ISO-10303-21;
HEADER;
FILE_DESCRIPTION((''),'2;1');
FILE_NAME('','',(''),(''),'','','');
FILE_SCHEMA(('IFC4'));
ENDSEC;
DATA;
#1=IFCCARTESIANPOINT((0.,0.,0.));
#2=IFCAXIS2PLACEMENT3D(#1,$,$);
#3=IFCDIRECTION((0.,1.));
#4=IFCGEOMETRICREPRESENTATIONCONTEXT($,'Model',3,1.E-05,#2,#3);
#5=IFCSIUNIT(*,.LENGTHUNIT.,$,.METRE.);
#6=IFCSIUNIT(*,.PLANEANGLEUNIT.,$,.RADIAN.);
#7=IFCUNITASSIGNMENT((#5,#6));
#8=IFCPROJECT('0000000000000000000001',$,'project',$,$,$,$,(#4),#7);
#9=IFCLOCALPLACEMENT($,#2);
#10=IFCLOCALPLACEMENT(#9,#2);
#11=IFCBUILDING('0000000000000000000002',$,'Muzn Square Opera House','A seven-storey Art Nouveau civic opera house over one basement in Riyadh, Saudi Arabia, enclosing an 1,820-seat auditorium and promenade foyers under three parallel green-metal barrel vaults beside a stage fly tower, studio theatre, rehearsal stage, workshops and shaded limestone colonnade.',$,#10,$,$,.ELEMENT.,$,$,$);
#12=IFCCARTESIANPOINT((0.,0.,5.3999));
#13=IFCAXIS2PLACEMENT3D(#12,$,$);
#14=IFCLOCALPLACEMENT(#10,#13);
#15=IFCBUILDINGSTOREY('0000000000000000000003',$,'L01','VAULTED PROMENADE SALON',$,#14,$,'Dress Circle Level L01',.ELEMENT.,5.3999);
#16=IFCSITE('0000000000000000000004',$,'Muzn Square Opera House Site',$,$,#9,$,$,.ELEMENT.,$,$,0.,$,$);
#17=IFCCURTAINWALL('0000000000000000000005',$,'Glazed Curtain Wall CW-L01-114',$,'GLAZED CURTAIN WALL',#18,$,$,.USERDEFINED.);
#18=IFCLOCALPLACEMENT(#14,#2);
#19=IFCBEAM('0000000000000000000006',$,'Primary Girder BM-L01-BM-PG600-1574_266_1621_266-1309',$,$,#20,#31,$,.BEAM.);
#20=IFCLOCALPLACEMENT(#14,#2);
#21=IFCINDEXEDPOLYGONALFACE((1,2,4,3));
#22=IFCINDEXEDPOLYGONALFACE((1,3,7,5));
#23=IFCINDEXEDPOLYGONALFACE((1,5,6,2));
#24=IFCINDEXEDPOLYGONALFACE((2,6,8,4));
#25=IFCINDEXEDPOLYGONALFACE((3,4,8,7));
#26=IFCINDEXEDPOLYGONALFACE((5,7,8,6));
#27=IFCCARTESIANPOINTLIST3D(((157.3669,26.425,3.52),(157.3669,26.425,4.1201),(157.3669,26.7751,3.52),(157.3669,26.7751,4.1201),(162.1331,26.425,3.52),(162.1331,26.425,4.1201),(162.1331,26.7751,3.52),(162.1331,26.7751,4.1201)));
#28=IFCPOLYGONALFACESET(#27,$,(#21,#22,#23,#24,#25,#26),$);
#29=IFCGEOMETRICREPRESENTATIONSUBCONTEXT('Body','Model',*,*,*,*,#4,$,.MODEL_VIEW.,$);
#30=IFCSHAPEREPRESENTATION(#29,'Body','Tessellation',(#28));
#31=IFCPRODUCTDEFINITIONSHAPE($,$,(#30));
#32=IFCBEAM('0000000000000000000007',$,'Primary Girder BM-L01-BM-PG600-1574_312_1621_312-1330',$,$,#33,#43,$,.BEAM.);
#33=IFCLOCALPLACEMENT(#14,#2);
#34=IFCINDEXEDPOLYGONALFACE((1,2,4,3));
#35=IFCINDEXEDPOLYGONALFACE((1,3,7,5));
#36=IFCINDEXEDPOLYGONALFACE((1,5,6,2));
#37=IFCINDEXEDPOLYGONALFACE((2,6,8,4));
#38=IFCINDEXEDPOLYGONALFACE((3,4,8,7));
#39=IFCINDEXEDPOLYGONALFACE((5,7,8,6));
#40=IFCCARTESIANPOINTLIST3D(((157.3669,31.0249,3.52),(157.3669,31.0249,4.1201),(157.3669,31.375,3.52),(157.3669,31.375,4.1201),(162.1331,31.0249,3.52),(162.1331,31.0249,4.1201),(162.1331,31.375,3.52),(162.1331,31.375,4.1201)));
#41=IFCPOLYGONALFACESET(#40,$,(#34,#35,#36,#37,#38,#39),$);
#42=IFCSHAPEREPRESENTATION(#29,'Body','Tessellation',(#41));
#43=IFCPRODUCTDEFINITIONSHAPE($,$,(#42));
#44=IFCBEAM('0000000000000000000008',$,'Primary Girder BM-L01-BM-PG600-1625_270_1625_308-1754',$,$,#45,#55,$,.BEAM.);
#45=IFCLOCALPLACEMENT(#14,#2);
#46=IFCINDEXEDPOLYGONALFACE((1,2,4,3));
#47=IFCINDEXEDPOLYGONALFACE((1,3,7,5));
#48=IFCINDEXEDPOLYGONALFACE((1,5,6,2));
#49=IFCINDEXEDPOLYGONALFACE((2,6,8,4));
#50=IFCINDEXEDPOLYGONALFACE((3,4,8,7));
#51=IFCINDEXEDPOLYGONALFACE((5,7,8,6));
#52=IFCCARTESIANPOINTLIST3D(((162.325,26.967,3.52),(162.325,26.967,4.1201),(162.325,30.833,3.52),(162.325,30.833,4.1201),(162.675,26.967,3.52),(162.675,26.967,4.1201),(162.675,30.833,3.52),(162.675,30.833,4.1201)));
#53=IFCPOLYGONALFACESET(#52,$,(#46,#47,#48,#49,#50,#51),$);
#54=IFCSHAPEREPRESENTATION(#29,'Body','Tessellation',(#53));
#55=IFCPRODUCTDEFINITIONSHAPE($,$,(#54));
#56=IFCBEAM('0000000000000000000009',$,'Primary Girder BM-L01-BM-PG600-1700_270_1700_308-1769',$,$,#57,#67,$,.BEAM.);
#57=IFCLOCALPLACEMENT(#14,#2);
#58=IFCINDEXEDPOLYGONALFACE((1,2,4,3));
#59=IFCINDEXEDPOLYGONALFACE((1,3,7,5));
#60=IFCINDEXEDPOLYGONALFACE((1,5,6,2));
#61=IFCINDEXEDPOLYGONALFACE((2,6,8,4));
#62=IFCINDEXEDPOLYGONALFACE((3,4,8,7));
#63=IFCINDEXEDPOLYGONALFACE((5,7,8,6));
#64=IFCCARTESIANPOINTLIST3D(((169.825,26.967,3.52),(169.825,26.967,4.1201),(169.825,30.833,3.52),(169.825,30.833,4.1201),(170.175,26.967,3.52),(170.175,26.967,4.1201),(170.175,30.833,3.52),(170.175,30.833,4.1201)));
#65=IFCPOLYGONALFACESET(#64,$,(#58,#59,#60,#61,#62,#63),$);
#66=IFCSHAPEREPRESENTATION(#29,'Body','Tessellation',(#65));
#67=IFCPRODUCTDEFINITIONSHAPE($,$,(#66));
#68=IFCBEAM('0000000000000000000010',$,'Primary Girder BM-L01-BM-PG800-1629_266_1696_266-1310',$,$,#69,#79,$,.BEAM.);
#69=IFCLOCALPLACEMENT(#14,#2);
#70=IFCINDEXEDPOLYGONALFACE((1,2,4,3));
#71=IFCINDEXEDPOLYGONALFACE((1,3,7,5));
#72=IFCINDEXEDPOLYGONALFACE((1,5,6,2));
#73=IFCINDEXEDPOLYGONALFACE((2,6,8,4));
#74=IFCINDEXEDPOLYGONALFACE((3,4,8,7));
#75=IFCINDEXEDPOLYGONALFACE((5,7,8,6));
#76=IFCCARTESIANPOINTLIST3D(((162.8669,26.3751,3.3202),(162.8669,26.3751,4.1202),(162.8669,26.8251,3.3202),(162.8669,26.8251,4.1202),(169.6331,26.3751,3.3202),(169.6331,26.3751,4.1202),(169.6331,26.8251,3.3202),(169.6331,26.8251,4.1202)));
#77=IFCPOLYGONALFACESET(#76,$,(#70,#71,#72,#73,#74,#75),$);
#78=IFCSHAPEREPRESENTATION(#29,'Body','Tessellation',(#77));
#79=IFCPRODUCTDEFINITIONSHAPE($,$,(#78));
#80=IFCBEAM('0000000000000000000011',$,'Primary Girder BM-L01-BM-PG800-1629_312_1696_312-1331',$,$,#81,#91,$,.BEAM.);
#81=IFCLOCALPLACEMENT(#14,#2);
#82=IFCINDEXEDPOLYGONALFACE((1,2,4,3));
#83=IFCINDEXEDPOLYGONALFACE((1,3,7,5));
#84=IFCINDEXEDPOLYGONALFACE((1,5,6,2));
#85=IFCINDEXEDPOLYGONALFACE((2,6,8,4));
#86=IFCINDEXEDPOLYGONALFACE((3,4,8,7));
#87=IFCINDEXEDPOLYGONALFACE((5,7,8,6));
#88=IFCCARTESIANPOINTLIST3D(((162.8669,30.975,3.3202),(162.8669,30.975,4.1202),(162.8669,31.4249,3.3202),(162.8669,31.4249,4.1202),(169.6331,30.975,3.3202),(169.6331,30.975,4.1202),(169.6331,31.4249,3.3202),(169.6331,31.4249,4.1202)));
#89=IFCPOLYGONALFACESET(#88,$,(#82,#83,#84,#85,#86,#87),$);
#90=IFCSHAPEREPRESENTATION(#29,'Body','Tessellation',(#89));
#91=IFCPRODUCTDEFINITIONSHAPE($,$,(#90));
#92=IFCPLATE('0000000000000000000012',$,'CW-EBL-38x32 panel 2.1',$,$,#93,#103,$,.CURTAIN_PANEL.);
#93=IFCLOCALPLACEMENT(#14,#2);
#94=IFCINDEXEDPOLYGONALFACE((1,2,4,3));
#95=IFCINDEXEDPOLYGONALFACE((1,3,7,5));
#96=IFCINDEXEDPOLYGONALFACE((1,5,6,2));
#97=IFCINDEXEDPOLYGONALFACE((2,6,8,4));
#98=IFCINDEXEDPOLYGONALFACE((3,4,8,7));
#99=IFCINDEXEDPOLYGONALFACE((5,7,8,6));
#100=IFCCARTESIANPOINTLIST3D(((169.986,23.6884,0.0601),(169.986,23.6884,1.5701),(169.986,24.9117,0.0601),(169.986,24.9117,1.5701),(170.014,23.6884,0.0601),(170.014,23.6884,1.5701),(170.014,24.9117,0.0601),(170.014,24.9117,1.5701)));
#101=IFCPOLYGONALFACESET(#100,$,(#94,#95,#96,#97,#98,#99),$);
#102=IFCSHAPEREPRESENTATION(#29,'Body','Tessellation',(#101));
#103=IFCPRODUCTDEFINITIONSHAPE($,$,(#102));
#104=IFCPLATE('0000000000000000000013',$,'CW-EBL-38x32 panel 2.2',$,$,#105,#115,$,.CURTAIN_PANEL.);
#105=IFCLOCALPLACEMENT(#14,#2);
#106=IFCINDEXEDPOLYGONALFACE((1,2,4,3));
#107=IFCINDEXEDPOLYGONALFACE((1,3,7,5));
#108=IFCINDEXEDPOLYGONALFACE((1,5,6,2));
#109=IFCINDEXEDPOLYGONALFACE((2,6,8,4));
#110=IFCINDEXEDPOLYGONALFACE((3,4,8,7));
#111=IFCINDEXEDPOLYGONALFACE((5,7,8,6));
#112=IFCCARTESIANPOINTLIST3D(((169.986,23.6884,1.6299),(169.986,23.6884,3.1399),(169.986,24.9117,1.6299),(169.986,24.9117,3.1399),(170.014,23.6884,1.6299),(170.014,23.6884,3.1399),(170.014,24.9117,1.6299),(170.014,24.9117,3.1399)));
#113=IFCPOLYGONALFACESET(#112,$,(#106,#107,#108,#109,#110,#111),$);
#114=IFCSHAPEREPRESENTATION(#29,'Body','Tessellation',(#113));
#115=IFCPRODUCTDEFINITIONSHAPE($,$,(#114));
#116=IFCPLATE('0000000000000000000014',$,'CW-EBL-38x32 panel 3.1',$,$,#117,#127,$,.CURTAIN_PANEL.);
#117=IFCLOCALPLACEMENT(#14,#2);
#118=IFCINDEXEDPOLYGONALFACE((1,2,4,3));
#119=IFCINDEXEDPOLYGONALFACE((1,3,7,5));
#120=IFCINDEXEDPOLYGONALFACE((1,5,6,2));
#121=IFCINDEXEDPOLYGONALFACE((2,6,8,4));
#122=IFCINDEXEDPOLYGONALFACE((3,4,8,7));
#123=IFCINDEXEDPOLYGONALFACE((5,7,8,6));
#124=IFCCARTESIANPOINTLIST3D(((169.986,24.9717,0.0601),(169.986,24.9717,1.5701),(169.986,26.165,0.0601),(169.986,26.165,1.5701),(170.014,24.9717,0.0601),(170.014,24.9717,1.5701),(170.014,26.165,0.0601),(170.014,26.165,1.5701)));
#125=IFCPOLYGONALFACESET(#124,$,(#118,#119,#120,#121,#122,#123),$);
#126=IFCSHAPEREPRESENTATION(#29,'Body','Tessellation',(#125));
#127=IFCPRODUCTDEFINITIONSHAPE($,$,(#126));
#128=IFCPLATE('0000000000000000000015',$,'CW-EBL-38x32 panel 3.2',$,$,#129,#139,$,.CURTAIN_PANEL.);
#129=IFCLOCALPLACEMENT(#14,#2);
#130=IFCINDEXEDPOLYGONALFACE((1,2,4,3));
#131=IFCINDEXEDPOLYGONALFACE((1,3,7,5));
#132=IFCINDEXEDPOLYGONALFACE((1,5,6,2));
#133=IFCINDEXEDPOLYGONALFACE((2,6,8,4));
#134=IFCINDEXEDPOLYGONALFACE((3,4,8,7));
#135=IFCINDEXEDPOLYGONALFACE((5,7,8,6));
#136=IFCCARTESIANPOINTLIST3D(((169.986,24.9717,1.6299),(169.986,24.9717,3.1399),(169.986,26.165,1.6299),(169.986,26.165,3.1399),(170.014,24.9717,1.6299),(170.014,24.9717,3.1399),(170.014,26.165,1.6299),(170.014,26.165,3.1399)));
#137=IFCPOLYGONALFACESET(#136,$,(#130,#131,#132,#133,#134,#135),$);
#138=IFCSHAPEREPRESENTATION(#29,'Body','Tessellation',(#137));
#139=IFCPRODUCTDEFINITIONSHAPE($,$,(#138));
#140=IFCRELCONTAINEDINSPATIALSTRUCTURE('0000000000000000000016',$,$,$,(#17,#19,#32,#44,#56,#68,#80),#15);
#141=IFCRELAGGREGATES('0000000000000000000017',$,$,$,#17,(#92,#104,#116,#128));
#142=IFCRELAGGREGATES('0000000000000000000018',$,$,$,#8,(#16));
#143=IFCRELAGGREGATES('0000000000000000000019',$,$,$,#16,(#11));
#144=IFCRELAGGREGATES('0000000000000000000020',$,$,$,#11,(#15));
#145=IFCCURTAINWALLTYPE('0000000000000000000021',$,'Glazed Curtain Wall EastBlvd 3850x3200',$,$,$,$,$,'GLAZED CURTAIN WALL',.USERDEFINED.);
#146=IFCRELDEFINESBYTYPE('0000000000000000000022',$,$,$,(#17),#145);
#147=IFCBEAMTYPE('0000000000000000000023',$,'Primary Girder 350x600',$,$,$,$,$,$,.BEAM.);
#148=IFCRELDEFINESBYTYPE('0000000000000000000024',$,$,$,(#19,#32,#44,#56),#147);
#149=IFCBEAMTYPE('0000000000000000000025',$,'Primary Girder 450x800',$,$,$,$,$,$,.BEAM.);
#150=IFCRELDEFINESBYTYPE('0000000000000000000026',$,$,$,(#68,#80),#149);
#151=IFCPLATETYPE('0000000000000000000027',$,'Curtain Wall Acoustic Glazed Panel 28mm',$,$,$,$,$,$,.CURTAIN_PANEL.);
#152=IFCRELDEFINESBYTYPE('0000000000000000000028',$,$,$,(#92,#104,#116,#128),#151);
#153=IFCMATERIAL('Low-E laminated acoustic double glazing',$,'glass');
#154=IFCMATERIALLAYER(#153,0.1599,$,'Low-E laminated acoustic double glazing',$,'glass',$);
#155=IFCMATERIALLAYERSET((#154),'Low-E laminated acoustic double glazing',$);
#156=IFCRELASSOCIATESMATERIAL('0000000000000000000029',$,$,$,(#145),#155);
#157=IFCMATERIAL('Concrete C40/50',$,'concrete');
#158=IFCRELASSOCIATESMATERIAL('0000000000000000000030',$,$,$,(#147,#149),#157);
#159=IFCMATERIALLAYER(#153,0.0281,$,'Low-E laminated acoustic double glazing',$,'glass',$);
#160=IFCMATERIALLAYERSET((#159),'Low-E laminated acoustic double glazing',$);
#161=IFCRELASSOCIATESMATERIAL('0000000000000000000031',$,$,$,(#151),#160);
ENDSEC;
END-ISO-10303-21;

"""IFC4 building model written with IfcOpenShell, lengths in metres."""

from ifc_helpers import new_model, si_unit, direction, frame, origin, origin_2d, place, context, subcontext, project, spatial, rectangle, extrude, material, layer, layer_set, material_profile, profile_set, type_object, element, aggregate, save


model = new_model("IFC4")

# Units and contexts
model_context = context("Model", 3, precision=1e-05, world=origin(), true_north=direction((0.0, 1.0)))
body_context = subcontext(model_context, "Body", "Model", "MODEL_VIEW")
ifc_project = project(units=[si_unit("LENGTHUNIT", "METRE"), si_unit("PLANEANGLEUNIT", "RADIAN")], contexts=[model_context])

# Site, building, storey
site_placement = place(None, origin())
site = spatial("IfcSite", under=ifc_project, at=site_placement, Name="Muzn Square Opera House Site", CompositionType="ELEMENT", RefElevation=0.0)
building_placement = place(site_placement, origin())
building = spatial("IfcBuilding", under=site, at=building_placement, Name="Muzn Square Opera House", Description="A seven-storey Art Nouveau civic opera house over one basement in Riyadh, Saudi Arabia, enclosing an 1,820-seat auditorium and promenade foyers under three parallel green-metal barrel vaults beside a stage fly tower, studio theatre, rehearsal stage, workshops and shaded limestone colonnade.", CompositionType="ELEMENT")
storey_placement = place(building_placement, frame((0.0, 0.0, 5.3999)))
storey = spatial("IfcBuildingStorey", under=building, at=storey_placement, Name="L01", Description="VAULTED PROMENADE SALON", LongName="Dress Circle Level L01", CompositionType="ELEMENT", Elevation=5.3999)

# Curtain wall
ifc_material_1 = material(Name="Low-E laminated acoustic double glazing", Category="glass")
ifc_layer_1 = layer(ifc_material_1, 0.1599, Name="Low-E laminated acoustic double glazing", Category="glass")
ifc_layer_set_1 = layer_set([ifc_layer_1], Name="Low-E laminated acoustic double glazing")
curtain_wall_type = type_object("IfcCurtainWallType", Name="Glazed Curtain Wall EastBlvd 3850x3200", ElementType="GLAZED CURTAIN WALL", PredefinedType="USERDEFINED", material=ifc_layer_set_1)
curtain_wall_1_placement = place(storey_placement, origin())
curtain_wall_1 = element("IfcCurtainWall", 1, at=curtain_wall_1_placement, inside=storey, type_object=curtain_wall_type, Name="Glazed Curtain Wall CW-L01-114", ObjectType="GLAZED CURTAIN WALL", PredefinedType="USERDEFINED")

# Beams
ifc_material_2 = material(Name="Concrete C40/50", Category="concrete")
ifc_material_profile_1 = material_profile(ifc_material_2, rectangle(XDim=0.3501, YDim=0.6001, at=origin_2d()), Name="RCB 350x600", Category="concrete")
ifc_profile_set_1 = profile_set([ifc_material_profile_1], Name="Concrete C40/50")
beam_type_1 = type_object("IfcBeamType", Name="Primary Girder 350x600", PredefinedType="BEAM", material=ifc_profile_set_1)
for number, where, z_axis, x_axis, name in (
    (2, (157.3669, 26.6001, 3.8201), (1.0, 0.0, 0.0), (0.0, 1.0, 0.0), "Primary Girder BM-L01-BM-PG600-1574_266_1621_266-1309"),
    (3, (157.3669, 31.2, 3.8201), (1.0, 0.0, 0.0), (0.0, 1.0, 0.0), "Primary Girder BM-L01-BM-PG600-1574_312_1621_312-1330"),
):
    element("IfcBeam", number, at=place(storey_placement, frame(where, z_axis=z_axis, x_axis=x_axis)), inside=storey, type_object=beam_type_1, Name=name, PredefinedType="BEAM", context=body_context, shape_type="SweptSolid", body=[
        extrude(rectangle(XDim=0.3501, YDim=0.6001, at=origin_2d()), origin(), (0.0, 0.0, 1.0), 4.7661),
    ])
for number, where, z_axis, x_axis, name in (
    (4, (162.5, 26.967, 3.8201), (0.0, 1.0, 0.0), (-1.0, 0.0, 0.0), "Primary Girder BM-L01-BM-PG600-1625_270_1625_308-1754"),
    (5, (170.0, 26.967, 3.8201), (0.0, 1.0, 0.0), (-1.0, 0.0, 0.0), "Primary Girder BM-L01-BM-PG600-1700_270_1700_308-1769"),
):
    element("IfcBeam", number, at=place(storey_placement, frame(where, z_axis=z_axis, x_axis=x_axis)), inside=storey, type_object=beam_type_1, Name=name, PredefinedType="BEAM", context=body_context, shape_type="SweptSolid", body=[
        extrude(rectangle(XDim=0.3501, YDim=0.6001, at=origin_2d()), origin(), (0.0, 0.0, 1.0), 3.866),
    ])
ifc_material_profile_2 = material_profile(ifc_material_2, rectangle(XDim=0.45, YDim=0.8, at=origin_2d()), Name="RCB 450x800", Category="concrete")
ifc_profile_set_2 = profile_set([ifc_material_profile_2], Name="Concrete C40/50")
beam_type_2 = type_object("IfcBeamType", Name="Primary Girder 450x800", PredefinedType="BEAM", material=ifc_profile_set_2)
for number, where, z_axis, x_axis, name in (
    (6, (162.8669, 26.6001, 3.7202), (1.0, 0.0, 0.0), (0.0, 1.0, 0.0), "Primary Girder BM-L01-BM-PG800-1629_266_1696_266-1310"),
    (7, (162.8669, 31.2, 3.7202), (1.0, 0.0, 0.0), (0.0, 1.0, 0.0), "Primary Girder BM-L01-BM-PG800-1629_312_1696_312-1331"),
):
    element("IfcBeam", number, at=place(storey_placement, frame(where, z_axis=z_axis, x_axis=x_axis)), inside=storey, type_object=beam_type_2, Name=name, PredefinedType="BEAM", context=body_context, shape_type="SweptSolid", body=[
        extrude(rectangle(XDim=0.45, YDim=0.8, at=origin_2d()), origin(), (0.0, 0.0, 1.0), 6.7661),
    ])

# Plates
ifc_layer_2 = layer(ifc_material_1, 0.0281, Name="Low-E laminated acoustic double glazing", Category="glass")
ifc_layer_set_2 = layer_set([ifc_layer_2], Name="Low-E laminated acoustic double glazing")
plate_type = type_object("IfcPlateType", Name="Curtain Wall Acoustic Glazed Panel 28mm", PredefinedType="CURTAIN_PANEL", material=ifc_layer_set_2)
plate_1_placement = place(storey_placement, frame((170.0, 24.3, 0.0601), z_axis=(0.0, 0.0, 1.0), x_axis=(0.0, 1.0, 0.0)))
plate_1 = element("IfcPlate", 8, at=plate_1_placement, type_object=plate_type, Name="CW-EBL-38x32 panel 2.1", PredefinedType="CURTAIN_PANEL", context=body_context, shape_type="SweptSolid", body=[
    extrude(rectangle(XDim=1.2234, YDim=0.0281, at=origin_2d()), origin(), (0.0, 0.0, 1.0), 1.51),
])
plate_2_placement = place(storey_placement, frame((170.0, 24.3, 1.6299), z_axis=(0.0, 0.0, 1.0), x_axis=(0.0, 1.0, 0.0)))
plate_2 = element("IfcPlate", 9, at=plate_2_placement, type_object=plate_type, Name="CW-EBL-38x32 panel 2.2", PredefinedType="CURTAIN_PANEL", context=body_context, shape_type="SweptSolid", body=[
    extrude(rectangle(XDim=1.2234, YDim=0.0281, at=origin_2d()), origin(), (0.0, 0.0, 1.0), 1.51),
])
plate_3_placement = place(storey_placement, frame((170.0, 25.5684, 0.0601), z_axis=(0.0, 0.0, 1.0), x_axis=(0.0, 1.0, 0.0)))
plate_3 = element("IfcPlate", 10, at=plate_3_placement, type_object=plate_type, Name="CW-EBL-38x32 panel 3.1", PredefinedType="CURTAIN_PANEL", context=body_context, shape_type="SweptSolid", body=[
    extrude(rectangle(XDim=1.1934, YDim=0.0281, at=origin_2d()), origin(), (0.0, 0.0, 1.0), 1.51),
])
plate_4_placement = place(storey_placement, frame((170.0, 25.5684, 1.6299), z_axis=(0.0, 0.0, 1.0), x_axis=(0.0, 1.0, 0.0)))
plate_4 = element("IfcPlate", 11, at=plate_4_placement, type_object=plate_type, Name="CW-EBL-38x32 panel 3.2", PredefinedType="CURTAIN_PANEL", context=body_context, shape_type="SweptSolid", body=[
    extrude(rectangle(XDim=1.1934, YDim=0.0281, at=origin_2d()), origin(), (0.0, 0.0, 1.0), 1.51),
])
aggregate(curtain_wall_1, [plate_1, plate_2, plate_3, plate_4])

save(model, "model.ifc")
